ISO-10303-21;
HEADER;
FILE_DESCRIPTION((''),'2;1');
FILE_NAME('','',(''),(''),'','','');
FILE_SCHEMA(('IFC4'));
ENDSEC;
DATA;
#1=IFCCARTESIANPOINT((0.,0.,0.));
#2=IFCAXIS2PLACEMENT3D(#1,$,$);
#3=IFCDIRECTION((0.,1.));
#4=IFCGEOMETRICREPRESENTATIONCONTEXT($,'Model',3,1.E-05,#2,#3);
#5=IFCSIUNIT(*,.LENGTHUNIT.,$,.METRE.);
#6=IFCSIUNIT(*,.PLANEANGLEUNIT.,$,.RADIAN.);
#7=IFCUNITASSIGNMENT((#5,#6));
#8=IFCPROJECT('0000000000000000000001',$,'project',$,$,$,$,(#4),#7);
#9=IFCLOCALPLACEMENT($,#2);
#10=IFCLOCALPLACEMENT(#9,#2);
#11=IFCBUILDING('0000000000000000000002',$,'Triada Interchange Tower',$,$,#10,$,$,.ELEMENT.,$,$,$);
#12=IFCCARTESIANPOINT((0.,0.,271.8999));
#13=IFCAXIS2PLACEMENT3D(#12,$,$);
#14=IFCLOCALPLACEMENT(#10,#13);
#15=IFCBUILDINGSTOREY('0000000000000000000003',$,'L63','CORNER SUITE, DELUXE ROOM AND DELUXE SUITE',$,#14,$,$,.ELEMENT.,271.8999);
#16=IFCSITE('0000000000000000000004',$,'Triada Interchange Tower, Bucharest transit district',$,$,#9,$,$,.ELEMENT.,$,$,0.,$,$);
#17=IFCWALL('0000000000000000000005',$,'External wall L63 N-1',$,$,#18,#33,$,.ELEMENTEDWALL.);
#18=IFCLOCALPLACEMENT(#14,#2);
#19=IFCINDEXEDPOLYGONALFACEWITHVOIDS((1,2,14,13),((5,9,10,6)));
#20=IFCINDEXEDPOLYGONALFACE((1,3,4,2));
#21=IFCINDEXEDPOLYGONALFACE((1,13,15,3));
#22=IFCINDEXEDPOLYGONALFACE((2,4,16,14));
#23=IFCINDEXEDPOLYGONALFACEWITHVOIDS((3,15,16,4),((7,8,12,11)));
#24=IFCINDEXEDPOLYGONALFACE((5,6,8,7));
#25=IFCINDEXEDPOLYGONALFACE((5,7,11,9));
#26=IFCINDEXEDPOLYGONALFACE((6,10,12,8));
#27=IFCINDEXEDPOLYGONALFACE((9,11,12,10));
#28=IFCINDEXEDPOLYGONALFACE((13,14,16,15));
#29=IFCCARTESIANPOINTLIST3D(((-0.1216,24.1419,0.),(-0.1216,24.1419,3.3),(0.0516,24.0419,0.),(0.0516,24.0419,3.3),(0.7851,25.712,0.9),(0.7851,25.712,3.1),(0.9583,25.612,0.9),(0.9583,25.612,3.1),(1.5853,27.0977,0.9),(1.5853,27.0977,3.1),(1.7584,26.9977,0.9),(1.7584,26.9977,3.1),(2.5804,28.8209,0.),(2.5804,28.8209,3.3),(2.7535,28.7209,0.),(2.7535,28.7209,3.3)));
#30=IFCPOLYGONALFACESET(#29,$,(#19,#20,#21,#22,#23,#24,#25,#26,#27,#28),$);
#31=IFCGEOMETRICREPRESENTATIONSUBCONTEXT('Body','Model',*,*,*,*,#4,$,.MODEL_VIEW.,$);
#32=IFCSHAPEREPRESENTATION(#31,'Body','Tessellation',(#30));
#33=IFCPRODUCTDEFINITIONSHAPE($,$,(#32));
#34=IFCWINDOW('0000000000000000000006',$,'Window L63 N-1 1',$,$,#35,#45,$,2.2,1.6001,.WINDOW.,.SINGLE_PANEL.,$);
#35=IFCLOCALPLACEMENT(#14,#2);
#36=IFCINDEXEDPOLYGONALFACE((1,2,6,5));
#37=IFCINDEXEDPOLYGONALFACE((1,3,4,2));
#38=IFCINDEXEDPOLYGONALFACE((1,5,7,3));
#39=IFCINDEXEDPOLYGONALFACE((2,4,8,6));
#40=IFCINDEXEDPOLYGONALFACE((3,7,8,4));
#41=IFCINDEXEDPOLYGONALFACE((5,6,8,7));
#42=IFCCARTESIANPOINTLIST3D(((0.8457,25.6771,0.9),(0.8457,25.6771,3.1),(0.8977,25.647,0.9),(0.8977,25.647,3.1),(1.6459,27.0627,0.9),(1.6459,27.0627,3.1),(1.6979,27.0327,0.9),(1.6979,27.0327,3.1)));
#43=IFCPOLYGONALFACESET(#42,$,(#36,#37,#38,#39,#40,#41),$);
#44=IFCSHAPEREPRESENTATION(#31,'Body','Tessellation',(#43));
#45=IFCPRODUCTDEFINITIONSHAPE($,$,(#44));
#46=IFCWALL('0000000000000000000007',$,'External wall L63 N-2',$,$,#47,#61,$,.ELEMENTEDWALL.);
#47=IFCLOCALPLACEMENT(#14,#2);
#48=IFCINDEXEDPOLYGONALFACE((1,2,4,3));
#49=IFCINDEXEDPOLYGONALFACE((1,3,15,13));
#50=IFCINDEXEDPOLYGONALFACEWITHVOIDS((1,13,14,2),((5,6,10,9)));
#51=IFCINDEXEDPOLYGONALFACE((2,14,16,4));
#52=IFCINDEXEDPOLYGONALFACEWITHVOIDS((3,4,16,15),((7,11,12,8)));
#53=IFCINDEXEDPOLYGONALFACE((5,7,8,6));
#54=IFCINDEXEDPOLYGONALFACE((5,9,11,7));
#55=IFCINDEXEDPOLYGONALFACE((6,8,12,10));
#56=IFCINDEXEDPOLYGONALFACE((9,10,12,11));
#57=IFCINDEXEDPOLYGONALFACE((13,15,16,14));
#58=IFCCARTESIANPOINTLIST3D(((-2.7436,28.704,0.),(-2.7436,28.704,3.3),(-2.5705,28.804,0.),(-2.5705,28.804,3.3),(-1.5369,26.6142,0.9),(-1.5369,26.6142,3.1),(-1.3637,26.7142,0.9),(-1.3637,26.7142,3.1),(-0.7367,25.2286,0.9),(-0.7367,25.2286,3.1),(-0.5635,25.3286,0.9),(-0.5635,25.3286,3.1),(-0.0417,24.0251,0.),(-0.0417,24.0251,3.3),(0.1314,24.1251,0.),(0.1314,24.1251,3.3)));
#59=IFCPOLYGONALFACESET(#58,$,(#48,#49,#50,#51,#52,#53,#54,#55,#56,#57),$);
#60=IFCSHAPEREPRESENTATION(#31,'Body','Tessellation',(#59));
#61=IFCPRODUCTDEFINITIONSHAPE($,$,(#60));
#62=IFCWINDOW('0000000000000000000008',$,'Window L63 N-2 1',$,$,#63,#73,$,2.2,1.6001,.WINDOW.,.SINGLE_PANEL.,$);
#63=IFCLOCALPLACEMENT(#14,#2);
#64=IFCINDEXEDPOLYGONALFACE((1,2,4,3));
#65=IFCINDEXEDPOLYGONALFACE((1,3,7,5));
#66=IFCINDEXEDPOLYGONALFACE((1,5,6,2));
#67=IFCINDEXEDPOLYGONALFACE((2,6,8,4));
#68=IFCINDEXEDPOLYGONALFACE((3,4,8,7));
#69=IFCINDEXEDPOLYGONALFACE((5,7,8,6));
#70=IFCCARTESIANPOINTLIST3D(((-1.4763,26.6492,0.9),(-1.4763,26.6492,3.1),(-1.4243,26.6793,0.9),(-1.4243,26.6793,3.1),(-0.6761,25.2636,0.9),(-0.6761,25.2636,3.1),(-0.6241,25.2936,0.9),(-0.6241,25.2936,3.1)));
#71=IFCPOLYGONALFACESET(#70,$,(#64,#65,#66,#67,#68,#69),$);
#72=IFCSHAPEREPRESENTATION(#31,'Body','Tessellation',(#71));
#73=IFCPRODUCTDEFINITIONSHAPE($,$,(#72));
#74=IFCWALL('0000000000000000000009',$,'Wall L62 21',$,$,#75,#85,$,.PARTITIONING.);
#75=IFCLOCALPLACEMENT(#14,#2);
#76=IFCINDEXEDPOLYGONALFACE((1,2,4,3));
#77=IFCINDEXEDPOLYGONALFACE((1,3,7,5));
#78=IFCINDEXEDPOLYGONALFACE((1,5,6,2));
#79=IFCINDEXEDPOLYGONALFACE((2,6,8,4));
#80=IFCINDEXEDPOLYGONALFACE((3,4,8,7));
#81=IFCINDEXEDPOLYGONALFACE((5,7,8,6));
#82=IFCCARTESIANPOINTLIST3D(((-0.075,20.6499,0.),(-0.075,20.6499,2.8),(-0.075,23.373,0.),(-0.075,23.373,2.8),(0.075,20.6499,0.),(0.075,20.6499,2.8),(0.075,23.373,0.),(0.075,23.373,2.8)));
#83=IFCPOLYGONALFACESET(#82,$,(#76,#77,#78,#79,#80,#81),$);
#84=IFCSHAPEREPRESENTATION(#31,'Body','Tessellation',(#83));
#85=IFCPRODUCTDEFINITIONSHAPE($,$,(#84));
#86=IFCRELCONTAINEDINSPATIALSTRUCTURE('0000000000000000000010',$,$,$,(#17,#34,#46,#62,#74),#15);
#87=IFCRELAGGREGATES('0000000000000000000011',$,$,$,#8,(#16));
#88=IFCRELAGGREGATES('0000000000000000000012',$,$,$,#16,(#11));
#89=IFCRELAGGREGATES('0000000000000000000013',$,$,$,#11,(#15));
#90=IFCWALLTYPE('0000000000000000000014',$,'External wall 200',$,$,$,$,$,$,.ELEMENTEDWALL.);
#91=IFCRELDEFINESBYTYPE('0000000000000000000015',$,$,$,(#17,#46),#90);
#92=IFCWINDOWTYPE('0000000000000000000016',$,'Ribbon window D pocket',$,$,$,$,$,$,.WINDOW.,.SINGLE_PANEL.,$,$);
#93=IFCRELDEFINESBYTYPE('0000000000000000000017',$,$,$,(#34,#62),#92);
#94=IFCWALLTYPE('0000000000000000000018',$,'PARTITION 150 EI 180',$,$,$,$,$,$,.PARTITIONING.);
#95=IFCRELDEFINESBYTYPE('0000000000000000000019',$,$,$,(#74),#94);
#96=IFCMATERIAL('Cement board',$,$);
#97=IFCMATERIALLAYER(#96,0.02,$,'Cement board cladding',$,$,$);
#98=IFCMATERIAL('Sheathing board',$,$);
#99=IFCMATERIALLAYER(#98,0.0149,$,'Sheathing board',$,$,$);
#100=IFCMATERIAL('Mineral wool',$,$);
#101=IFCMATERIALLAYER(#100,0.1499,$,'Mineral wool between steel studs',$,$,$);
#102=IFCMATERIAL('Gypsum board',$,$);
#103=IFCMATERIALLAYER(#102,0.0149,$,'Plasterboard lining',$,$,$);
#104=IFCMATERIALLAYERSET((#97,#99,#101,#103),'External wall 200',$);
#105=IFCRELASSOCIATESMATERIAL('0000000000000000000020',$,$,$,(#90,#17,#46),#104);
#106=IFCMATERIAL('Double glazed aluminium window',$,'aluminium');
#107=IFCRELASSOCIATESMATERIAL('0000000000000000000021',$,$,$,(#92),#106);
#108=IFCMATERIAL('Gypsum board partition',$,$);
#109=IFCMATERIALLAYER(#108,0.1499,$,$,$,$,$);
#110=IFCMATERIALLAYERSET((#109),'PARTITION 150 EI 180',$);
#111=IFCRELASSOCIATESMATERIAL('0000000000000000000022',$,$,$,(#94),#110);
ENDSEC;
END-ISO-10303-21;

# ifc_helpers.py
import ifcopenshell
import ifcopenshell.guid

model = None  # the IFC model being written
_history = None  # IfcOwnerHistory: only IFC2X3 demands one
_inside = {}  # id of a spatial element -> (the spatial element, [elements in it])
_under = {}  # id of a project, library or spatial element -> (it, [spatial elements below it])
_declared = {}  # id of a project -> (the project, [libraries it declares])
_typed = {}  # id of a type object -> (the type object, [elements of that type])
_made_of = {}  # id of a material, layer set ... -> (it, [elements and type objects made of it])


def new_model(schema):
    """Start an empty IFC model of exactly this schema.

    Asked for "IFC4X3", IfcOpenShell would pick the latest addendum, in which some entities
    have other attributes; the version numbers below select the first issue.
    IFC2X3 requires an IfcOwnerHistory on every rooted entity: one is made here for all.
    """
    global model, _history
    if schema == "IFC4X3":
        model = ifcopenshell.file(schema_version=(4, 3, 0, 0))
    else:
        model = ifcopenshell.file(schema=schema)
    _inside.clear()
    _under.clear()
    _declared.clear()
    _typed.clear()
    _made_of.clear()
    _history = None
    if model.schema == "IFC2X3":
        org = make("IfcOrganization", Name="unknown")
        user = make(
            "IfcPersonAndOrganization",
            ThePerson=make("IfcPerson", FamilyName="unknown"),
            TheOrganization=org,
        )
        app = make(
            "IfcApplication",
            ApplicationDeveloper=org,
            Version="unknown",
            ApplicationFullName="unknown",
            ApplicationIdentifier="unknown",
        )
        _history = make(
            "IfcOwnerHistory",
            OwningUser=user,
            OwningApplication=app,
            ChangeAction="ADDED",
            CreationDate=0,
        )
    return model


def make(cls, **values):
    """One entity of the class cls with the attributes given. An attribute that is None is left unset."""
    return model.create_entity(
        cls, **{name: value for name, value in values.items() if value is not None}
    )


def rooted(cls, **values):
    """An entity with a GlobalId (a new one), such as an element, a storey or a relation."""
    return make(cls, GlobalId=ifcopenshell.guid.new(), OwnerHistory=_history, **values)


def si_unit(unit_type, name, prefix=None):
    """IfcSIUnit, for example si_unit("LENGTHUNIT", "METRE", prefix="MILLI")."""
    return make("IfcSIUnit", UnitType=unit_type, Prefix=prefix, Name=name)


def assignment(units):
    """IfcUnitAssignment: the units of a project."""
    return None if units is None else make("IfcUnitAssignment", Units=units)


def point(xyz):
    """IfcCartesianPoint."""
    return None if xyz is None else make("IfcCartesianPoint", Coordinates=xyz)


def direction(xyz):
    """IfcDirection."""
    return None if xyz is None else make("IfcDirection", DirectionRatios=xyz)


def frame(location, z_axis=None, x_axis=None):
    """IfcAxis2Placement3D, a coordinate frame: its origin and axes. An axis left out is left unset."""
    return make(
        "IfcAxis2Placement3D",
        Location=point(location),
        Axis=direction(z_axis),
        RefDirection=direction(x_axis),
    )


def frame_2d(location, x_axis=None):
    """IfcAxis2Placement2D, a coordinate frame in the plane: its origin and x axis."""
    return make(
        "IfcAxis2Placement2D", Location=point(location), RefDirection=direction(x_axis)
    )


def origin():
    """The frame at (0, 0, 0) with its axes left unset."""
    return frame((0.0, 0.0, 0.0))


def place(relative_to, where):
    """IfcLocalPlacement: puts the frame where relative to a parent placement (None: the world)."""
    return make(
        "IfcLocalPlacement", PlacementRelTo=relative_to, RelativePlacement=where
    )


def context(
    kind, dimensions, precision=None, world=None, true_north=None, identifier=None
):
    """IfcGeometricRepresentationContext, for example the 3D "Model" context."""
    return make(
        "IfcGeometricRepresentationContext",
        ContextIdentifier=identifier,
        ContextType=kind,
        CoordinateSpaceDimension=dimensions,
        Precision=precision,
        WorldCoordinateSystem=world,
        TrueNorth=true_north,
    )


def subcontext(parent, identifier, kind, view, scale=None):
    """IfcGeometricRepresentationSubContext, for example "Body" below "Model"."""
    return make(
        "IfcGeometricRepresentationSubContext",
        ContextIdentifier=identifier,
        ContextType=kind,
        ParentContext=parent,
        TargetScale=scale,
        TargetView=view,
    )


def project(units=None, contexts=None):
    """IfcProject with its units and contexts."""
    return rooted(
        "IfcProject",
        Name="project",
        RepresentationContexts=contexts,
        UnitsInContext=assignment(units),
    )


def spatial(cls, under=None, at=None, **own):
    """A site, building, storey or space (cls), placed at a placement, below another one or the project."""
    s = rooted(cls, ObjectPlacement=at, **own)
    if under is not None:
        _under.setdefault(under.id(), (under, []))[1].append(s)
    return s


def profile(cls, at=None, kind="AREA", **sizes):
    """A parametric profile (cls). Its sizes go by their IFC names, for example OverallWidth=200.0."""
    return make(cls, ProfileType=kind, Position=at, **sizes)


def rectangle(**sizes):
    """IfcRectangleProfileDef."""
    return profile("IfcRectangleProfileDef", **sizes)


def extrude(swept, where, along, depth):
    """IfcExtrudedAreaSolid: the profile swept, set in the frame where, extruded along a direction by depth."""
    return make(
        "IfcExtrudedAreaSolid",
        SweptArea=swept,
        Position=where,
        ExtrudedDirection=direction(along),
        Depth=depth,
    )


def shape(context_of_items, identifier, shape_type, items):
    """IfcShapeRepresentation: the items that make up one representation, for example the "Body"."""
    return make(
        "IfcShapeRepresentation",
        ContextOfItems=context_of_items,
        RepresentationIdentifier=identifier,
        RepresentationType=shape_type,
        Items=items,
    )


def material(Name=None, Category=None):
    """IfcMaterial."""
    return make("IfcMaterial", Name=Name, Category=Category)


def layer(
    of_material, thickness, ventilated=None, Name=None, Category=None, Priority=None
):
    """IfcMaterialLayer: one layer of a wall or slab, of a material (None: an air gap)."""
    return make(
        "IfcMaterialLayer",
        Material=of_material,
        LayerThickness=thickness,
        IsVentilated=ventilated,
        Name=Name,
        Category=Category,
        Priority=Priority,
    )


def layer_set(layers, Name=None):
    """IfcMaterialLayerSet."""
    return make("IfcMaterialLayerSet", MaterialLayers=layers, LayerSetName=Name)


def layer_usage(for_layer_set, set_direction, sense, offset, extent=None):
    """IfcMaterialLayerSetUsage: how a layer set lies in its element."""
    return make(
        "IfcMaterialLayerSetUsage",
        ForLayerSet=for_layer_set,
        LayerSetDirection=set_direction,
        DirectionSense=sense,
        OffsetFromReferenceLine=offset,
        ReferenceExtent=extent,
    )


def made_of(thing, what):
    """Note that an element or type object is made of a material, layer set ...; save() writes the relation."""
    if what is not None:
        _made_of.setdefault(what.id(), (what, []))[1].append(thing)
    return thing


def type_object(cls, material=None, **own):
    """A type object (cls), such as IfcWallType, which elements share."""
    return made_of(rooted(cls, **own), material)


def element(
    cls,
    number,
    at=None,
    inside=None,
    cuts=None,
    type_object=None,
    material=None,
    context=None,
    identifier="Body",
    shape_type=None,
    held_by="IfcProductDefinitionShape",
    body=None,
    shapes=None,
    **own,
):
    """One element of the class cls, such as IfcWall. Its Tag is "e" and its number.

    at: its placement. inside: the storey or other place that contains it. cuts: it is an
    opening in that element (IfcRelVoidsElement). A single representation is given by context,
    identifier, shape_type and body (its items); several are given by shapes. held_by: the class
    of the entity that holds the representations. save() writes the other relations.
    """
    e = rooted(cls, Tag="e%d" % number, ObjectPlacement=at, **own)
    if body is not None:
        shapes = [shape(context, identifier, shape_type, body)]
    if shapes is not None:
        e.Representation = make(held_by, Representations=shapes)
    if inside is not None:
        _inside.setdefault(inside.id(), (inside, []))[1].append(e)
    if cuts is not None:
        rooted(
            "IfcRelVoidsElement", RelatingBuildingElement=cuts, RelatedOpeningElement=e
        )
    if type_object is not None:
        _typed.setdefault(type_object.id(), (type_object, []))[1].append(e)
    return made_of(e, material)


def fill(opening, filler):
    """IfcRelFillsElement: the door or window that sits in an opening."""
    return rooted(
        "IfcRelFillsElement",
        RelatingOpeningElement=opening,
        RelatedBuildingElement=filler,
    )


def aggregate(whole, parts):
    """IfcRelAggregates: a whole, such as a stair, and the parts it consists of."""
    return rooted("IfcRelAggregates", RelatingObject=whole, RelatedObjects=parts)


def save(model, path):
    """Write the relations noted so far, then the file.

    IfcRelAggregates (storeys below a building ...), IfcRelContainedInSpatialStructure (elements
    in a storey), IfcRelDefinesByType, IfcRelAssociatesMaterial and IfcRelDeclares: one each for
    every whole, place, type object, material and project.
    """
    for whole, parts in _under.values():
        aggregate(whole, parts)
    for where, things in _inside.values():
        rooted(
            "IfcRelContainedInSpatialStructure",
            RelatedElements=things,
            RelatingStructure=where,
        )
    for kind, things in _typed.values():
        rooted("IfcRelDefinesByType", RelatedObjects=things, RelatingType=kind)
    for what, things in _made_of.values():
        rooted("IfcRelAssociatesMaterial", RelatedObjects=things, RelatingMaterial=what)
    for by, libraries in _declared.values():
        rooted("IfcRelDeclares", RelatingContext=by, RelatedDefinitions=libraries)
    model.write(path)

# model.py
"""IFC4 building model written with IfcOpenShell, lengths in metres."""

from ifc_helpers import new_model, si_unit, direction, frame, frame_2d, origin, place, context, subcontext, project, spatial, rectangle, extrude, material, layer, layer_set, layer_usage, type_object, element, fill, save


model = new_model("IFC4")

# Units and contexts
model_context = context("Model", 3, precision=1e-05, world=origin(), true_north=direction((0.0, 1.0)))
body_context = subcontext(model_context, "Body", "Model", "MODEL_VIEW")
ifc_project = project(units=[si_unit("LENGTHUNIT", "METRE"), si_unit("PLANEANGLEUNIT", "RADIAN")], contexts=[model_context])

# Site, building, storey
site_placement = place(None, origin())
site = spatial("IfcSite", under=ifc_project, at=site_placement, Name="Triada Interchange Tower, Bucharest transit district", CompositionType="ELEMENT", RefElevation=0.0)
building_placement = place(site_placement, origin())
building = spatial("IfcBuilding", under=site, at=building_placement, Name="Triada Interchange Tower", CompositionType="ELEMENT")
storey_placement = place(building_placement, frame((0.0, 0.0, 271.8999)))
storey = spatial("IfcBuildingStorey", under=building, at=storey_placement, Name="L63", Description="CORNER SUITE, DELUXE ROOM AND DELUXE SUITE", CompositionType="ELEMENT", Elevation=271.8999)

# Walls, openings, windows
ifc_material_1 = material(Name="Cement board")
ifc_layer_1 = layer(ifc_material_1, 0.02, Name="Cement board cladding")
ifc_material_2 = material(Name="Sheathing board")
ifc_layer_2 = layer(ifc_material_2, 0.0149, Name="Sheathing board")
ifc_material_3 = material(Name="Mineral wool")
ifc_layer_3 = layer(ifc_material_3, 0.1499, Name="Mineral wool between steel studs")
ifc_material_4 = material(Name="Gypsum board")
ifc_layer_4 = layer(ifc_material_4, 0.0149, Name="Plasterboard lining")
ifc_layer_set_1 = layer_set([ifc_layer_1, ifc_layer_2, ifc_layer_3, ifc_layer_4], Name="External wall 200")
ifc_layer_usage = layer_usage(ifc_layer_set_1, "AXIS2", "POSITIVE", -0.1001)
wall_type_1 = type_object("IfcWallType", Name="External wall 200", PredefinedType="ELEMENTEDWALL", material=ifc_layer_set_1)
wall_1_placement = place(storey_placement, frame((2.667, 28.771, 0.0), z_axis=(0.0, 0.0, 1.0), x_axis=(-0.500071, -0.865985, 0.0)))
wall_1 = element("IfcWall", 1, at=wall_1_placement, inside=storey, type_object=wall_type_1, material=ifc_layer_usage, Name="External wall L63 N-1", PredefinedType="ELEMENTEDWALL", context=body_context, shape_type="SweptSolid", body=[
    extrude(rectangle(XDim=5.4031, YDim=0.2, at=frame_2d((2.7017, 0.0))), origin(), (0.0, 0.0, 1.0), 3.3),
])
opening_1_placement = place(wall_1_placement, frame((1.99, 0.0, 0.8999)))
opening_1 = element("IfcOpeningElement", 2, at=opening_1_placement, cuts=wall_1, PredefinedType="OPENING", context=body_context, shape_type="SweptSolid", body=[
    extrude(rectangle(XDim=1.6001, YDim=2.2, at=frame_2d((0.8, 1.1001))), frame((0.0, 0.1099, 0.0), z_axis=(0.0, -1.0, 0.0), x_axis=(1.0, 0.0, 0.0)), (0.0, 0.0, 1.0), 0.22),
])
ifc_material_5 = material(Name="Double glazed aluminium window", Category="aluminium")
window_type = type_object("IfcWindowType", Name="Ribbon window D pocket", PartitioningType="SINGLE_PANEL", PredefinedType="WINDOW", material=ifc_material_5)
window_1_placement = place(opening_1_placement, origin())
window_1 = element("IfcWindow", 3, at=window_1_placement, inside=storey, type_object=window_type, Name="Window L63 N-1 1", OverallHeight=2.2, OverallWidth=1.6001, PartitioningType="SINGLE_PANEL", PredefinedType="WINDOW", context=body_context, shape_type="SweptSolid", body=[
    extrude(rectangle(XDim=1.6001, YDim=2.2, at=frame_2d((0.8, 1.1001))), frame((0.0, 0.03, 0.0), z_axis=(0.0, -1.0, 0.0), x_axis=(1.0, 0.0, 0.0)), (0.0, 0.0, 1.0), 0.0601),
])
fill(opening_1, window_1)
wall_2_placement = place(storey_placement, frame((0.0449, 24.075, 0.0), z_axis=(0.0, 0.0, 1.0), x_axis=(-0.500071, 0.865985, 0.0)))
wall_2 = element("IfcWall", 4, at=wall_2_placement, inside=storey, type_object=wall_type_1, material=ifc_layer_usage, Name="External wall L63 N-2", PredefinedType="ELEMENTEDWALL", context=body_context, shape_type="SweptSolid", body=[
    extrude(rectangle(XDim=5.4031, YDim=0.2, at=frame_2d((2.7017, 0.0))), origin(), (0.0, 0.0, 1.0), 3.3),
])
opening_2_placement = place(wall_2_placement, frame((1.3899, 0.0, 0.8999)))
opening_2 = element("IfcOpeningElement", 5, at=opening_2_placement, cuts=wall_2, PredefinedType="OPENING", context=body_context, shape_type="SweptSolid", body=[
    extrude(rectangle(XDim=1.6001, YDim=2.2, at=frame_2d((0.8, 1.1001))), frame((0.0, 0.1099, 0.0), z_axis=(0.0, -1.0, 0.0), x_axis=(1.0, 0.0, 0.0)), (0.0, 0.0, 1.0), 0.22),
])
window_2_placement = place(opening_2_placement, origin())
window_2 = element("IfcWindow", 6, at=window_2_placement, inside=storey, type_object=window_type, Name="Window L63 N-2 1", OverallHeight=2.2, OverallWidth=1.6001, PartitioningType="SINGLE_PANEL", PredefinedType="WINDOW", context=body_context, shape_type="SweptSolid", body=[
    extrude(rectangle(XDim=1.6001, YDim=2.2, at=frame_2d((0.8, 1.1001))), frame((0.0, 0.03, 0.0), z_axis=(0.0, -1.0, 0.0), x_axis=(1.0, 0.0, 0.0)), (0.0, 0.0, 1.0), 0.0601),
])
fill(opening_2, window_2)

# Wall
ifc_material_6 = material(Name="Gypsum board partition")
ifc_layer_5 = layer(ifc_material_6, 0.1499)
ifc_layer_set_2 = layer_set([ifc_layer_5], Name="PARTITION 150 EI 180")
wall_type_2 = type_object("IfcWallType", Name="PARTITION 150 EI 180", PredefinedType="PARTITIONING", material=ifc_layer_set_2)
wall_3_placement = place(storey_placement, frame((0.0, 20.6499, 0.0), z_axis=(0.0, 0.0, 1.0), x_axis=(0.0, 1.0, 0.0)))
element("IfcWall", 7, at=wall_3_placement, inside=storey, type_object=wall_type_2, Name="Wall L62 21", PredefinedType="PARTITIONING", context=body_context, shape_type="SweptSolid", body=[
    extrude(rectangle(XDim=2.7231, YDim=0.1499, at=frame_2d((1.3616, 0.0))), origin(), (0.0, 0.0, 1.0), 2.8),
])

save(model, "model.ifc")
